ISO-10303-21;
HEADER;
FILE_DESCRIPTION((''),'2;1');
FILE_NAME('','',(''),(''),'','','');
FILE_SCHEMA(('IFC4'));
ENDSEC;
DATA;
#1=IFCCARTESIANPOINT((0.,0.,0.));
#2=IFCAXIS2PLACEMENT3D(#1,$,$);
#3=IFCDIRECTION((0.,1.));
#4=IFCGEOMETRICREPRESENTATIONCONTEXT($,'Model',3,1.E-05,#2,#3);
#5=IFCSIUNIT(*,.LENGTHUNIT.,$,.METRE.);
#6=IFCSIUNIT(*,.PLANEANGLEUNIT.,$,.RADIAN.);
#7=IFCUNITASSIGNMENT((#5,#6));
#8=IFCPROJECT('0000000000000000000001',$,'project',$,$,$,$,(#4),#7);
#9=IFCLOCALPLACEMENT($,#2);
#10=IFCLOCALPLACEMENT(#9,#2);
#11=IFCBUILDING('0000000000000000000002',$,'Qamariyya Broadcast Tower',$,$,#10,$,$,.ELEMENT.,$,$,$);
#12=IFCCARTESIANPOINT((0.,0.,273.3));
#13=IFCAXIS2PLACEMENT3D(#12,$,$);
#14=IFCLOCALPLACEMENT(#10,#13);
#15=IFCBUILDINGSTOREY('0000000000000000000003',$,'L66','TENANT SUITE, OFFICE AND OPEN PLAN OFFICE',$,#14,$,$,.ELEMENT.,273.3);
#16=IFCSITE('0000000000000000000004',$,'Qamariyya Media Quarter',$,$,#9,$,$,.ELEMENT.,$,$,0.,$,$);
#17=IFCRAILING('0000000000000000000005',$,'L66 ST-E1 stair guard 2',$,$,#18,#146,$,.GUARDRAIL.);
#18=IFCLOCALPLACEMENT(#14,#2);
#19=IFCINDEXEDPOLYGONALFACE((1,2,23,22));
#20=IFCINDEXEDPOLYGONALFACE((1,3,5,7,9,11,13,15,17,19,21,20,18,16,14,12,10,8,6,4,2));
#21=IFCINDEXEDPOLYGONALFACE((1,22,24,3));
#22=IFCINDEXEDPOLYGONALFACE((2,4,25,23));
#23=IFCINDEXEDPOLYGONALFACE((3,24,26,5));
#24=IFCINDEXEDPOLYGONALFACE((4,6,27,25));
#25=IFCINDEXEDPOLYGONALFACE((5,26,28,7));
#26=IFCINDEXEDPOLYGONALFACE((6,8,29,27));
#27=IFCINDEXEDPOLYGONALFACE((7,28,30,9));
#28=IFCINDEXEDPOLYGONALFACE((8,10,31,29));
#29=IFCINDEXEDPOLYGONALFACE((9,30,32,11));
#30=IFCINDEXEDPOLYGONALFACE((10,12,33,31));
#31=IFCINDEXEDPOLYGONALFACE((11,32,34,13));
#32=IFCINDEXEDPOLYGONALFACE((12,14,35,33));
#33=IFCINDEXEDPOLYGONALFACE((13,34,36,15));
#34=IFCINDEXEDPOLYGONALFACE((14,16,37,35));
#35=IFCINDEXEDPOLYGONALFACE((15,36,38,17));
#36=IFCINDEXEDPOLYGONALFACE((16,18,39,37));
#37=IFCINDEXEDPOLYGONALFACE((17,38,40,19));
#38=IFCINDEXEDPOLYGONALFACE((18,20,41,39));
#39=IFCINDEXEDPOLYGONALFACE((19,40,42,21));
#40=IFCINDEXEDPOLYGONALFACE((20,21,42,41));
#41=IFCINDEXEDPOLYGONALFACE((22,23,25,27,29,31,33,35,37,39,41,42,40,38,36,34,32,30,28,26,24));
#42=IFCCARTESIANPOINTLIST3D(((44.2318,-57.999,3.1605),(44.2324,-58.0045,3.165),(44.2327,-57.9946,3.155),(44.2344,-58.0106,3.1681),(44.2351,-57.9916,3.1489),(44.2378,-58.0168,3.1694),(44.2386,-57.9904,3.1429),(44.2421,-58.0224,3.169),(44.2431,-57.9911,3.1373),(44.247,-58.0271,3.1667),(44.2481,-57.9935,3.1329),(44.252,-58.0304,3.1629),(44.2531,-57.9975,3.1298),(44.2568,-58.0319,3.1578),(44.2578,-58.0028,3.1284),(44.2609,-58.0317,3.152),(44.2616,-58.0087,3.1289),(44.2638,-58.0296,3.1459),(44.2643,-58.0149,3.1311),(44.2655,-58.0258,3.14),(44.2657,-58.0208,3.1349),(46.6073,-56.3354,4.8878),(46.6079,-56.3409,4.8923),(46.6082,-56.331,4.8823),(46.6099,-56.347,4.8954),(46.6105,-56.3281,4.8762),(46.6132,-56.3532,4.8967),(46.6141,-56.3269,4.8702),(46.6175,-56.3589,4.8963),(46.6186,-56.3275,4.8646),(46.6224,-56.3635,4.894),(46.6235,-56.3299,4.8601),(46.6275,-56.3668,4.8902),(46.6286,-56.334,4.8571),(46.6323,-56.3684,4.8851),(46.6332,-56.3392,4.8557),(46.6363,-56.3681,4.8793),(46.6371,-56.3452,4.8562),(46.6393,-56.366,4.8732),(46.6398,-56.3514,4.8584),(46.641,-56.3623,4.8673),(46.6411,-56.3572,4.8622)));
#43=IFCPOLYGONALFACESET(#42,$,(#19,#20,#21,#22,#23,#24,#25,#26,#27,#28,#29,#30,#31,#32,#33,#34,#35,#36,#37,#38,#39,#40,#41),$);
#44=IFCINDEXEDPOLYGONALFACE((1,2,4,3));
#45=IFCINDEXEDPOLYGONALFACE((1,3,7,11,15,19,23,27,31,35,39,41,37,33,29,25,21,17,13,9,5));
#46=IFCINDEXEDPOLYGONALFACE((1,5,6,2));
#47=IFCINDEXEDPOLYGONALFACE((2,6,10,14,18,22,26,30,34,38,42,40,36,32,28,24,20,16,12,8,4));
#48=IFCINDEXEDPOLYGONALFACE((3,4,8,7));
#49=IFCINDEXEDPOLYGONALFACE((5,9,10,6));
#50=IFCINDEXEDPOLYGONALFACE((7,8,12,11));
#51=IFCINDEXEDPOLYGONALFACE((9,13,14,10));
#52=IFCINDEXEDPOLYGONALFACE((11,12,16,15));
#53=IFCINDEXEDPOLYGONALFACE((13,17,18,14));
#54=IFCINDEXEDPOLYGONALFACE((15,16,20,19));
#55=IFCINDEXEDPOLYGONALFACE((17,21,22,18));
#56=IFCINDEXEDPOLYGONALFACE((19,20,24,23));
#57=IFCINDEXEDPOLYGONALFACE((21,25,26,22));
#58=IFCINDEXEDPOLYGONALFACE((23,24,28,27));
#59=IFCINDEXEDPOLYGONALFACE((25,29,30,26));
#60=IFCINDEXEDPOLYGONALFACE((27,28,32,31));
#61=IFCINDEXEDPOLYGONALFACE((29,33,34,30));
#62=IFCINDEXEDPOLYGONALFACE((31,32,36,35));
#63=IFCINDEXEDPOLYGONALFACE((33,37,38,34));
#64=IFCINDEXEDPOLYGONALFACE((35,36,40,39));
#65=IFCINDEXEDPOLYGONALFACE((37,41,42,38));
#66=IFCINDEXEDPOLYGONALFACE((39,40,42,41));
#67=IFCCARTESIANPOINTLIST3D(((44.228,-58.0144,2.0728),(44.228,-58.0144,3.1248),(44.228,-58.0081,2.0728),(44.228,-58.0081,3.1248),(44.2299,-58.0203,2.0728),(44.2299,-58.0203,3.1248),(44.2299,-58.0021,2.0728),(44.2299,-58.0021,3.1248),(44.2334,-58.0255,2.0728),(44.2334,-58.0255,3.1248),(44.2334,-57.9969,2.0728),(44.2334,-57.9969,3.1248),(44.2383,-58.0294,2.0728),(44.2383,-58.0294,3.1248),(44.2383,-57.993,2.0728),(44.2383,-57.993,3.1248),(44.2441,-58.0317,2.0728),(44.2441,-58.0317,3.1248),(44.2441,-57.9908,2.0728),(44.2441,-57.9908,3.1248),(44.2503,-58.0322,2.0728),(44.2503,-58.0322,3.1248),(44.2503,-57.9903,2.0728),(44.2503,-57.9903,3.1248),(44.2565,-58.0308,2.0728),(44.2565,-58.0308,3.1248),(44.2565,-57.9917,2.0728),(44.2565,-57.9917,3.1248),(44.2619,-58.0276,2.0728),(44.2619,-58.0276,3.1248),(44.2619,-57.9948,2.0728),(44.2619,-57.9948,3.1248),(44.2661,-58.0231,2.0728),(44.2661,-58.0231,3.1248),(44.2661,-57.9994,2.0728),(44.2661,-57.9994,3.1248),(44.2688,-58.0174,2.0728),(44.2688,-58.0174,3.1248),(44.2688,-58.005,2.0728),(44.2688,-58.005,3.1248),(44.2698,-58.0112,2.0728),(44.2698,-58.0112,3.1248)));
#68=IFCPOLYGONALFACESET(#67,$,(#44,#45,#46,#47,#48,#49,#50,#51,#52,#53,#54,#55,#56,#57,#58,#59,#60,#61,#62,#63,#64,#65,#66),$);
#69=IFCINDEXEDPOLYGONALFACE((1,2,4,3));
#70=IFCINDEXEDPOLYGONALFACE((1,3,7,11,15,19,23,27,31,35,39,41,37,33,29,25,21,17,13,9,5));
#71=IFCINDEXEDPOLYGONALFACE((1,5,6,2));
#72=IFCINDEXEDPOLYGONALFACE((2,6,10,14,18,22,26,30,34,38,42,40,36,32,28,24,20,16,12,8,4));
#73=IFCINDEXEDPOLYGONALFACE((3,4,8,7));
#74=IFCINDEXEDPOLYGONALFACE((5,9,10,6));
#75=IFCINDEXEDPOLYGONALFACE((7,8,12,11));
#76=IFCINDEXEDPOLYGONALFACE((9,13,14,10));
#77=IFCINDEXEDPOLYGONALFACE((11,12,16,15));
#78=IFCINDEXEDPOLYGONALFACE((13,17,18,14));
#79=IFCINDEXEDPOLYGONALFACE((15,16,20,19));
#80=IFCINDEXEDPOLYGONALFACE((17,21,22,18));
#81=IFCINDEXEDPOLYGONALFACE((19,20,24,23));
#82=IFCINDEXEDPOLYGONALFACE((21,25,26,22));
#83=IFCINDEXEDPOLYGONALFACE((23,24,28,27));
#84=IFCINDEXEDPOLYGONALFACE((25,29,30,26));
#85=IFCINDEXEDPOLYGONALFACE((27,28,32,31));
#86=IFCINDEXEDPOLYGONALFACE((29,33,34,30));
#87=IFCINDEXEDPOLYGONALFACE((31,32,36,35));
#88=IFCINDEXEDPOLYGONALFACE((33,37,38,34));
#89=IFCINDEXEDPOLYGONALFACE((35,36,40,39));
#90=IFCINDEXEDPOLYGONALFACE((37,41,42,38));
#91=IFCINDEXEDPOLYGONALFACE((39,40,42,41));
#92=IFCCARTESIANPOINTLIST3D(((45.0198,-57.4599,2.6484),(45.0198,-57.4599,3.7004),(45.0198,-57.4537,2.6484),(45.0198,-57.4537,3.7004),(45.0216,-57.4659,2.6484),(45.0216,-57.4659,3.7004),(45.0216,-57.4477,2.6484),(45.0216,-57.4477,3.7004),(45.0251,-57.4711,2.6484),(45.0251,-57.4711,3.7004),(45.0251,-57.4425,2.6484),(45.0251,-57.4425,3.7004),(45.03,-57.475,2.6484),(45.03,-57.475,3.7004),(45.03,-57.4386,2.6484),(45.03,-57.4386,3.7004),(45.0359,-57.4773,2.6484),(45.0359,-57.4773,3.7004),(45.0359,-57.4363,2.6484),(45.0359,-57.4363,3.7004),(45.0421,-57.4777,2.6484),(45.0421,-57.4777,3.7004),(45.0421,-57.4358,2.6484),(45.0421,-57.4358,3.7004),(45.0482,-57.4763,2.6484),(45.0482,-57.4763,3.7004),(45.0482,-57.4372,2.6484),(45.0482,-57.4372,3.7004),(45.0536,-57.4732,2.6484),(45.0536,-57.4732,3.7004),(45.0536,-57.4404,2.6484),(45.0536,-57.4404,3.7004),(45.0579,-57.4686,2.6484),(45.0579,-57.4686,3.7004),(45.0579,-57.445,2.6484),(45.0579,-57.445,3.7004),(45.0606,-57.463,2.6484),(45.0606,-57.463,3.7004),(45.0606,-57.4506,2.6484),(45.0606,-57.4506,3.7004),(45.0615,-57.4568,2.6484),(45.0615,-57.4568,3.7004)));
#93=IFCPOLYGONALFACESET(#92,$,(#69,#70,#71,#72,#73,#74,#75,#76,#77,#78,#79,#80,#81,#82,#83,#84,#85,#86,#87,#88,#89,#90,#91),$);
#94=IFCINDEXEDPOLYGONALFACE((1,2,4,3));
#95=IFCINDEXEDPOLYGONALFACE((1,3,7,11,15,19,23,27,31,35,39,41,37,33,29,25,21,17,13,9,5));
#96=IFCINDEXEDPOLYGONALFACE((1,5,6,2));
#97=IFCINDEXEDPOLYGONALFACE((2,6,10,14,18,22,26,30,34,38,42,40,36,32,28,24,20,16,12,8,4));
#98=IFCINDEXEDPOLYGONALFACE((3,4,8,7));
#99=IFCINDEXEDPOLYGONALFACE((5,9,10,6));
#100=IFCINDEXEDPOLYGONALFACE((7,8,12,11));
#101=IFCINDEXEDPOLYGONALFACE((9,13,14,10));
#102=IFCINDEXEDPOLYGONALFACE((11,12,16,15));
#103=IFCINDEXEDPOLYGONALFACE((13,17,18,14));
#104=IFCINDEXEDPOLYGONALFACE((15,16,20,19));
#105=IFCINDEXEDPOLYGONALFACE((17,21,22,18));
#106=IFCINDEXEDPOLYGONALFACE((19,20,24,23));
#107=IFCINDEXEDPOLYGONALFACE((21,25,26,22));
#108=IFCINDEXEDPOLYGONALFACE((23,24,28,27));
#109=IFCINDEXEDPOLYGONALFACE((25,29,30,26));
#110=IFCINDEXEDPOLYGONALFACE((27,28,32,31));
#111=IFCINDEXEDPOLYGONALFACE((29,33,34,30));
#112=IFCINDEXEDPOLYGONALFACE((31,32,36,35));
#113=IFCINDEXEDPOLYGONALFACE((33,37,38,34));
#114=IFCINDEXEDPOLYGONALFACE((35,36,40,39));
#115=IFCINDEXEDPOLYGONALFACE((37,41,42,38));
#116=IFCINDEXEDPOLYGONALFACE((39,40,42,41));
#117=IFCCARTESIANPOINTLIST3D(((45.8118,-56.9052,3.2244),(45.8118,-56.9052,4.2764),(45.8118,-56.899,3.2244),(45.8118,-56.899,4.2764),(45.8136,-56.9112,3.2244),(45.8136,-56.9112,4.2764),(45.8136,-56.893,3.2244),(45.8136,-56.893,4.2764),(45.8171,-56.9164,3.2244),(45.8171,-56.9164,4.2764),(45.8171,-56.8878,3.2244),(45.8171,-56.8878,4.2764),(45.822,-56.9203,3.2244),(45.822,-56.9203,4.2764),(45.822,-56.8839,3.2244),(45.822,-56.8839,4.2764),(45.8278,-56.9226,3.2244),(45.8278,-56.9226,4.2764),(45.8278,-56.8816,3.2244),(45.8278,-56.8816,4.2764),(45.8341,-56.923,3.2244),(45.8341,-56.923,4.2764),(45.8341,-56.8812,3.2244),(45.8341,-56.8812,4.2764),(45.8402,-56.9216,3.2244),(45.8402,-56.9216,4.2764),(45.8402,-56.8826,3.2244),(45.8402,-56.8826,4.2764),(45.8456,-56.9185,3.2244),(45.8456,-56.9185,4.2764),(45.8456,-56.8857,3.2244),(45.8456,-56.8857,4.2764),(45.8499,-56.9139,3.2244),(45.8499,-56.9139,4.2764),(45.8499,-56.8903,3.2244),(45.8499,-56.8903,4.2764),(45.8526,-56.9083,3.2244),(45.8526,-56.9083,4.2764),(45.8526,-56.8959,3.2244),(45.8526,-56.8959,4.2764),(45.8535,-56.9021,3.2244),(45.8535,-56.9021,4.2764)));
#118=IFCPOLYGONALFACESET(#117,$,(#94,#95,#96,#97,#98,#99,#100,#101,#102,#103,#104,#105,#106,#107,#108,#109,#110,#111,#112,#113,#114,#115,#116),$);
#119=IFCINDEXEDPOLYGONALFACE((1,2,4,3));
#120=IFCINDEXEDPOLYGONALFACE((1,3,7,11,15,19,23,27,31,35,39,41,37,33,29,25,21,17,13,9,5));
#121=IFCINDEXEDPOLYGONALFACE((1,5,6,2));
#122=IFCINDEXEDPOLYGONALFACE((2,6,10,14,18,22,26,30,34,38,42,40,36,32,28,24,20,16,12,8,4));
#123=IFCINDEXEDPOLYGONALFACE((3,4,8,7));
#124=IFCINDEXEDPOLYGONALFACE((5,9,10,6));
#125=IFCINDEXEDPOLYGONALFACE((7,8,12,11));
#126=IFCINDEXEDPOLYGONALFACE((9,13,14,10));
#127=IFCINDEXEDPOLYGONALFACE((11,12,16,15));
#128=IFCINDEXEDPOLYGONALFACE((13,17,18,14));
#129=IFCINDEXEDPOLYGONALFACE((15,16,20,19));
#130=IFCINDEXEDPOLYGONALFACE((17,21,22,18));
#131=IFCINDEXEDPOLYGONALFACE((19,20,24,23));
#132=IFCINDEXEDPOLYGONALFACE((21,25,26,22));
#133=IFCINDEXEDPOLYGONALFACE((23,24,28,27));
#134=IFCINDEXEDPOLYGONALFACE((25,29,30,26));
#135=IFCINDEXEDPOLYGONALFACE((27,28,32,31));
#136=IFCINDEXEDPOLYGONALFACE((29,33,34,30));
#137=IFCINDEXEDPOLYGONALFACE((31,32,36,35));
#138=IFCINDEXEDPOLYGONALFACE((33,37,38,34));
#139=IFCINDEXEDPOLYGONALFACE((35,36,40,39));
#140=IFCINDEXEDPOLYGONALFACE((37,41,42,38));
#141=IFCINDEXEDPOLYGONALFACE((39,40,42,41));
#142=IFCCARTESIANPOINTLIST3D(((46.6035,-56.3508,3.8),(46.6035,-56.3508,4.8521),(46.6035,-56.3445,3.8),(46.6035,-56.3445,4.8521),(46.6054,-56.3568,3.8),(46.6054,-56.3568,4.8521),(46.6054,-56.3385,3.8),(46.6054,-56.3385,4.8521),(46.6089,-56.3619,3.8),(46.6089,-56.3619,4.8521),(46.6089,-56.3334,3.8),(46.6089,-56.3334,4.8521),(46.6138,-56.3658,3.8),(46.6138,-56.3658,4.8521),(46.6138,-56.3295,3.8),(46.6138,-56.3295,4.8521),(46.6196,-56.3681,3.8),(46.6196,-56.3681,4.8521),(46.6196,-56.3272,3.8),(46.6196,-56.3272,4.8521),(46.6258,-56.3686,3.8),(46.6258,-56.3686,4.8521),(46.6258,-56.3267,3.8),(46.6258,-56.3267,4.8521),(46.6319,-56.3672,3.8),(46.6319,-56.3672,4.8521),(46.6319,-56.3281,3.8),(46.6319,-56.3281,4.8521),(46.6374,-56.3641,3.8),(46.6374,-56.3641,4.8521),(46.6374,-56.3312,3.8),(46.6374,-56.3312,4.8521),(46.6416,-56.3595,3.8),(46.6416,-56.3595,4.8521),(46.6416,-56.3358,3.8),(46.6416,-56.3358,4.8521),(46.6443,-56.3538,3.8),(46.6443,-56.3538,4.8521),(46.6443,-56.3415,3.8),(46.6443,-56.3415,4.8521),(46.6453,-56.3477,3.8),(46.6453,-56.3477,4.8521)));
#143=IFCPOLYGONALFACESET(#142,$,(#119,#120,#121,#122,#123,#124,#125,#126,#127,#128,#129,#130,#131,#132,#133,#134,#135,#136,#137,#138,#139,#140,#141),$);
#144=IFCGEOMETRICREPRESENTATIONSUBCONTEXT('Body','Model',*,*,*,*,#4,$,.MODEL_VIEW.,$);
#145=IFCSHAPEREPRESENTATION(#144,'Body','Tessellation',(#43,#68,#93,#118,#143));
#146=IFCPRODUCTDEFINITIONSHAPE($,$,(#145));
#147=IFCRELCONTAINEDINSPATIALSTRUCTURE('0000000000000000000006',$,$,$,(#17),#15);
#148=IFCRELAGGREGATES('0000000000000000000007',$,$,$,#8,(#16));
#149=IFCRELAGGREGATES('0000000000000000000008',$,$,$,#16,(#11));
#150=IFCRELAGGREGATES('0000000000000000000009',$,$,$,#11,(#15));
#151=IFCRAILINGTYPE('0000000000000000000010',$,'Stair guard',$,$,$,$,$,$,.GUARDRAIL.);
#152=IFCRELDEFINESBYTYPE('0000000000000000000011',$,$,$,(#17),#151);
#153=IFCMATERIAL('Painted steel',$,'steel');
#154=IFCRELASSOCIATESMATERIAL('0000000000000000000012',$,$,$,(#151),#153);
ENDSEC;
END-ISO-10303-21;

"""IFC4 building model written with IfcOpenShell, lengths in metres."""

from ifc_helpers import new_model, si_unit, direction, frame, origin, origin_2d, place, context, subcontext, project, spatial, circle, extrude, material, type_object, element, save


model = new_model("IFC4")

# Units and contexts
model_context = context("Model", 3, precision=1e-05, world=origin(), true_north=direction((0.0, 1.0)))
body_context = subcontext(model_context, "Body", "Model", "MODEL_VIEW")
ifc_project = project(units=[si_unit("LENGTHUNIT", "METRE"), si_unit("PLANEANGLEUNIT", "RADIAN")], contexts=[model_context])

# Site, building, storey
site_placement = place(None, origin())
site = spatial("IfcSite", under=ifc_project, at=site_placement, Name="Qamariyya Media Quarter", CompositionType="ELEMENT", RefElevation=0.0)
building_placement = place(site_placement, origin())
building = spatial("IfcBuilding", under=site, at=building_placement, Name="Qamariyya Broadcast Tower", CompositionType="ELEMENT")
storey_placement = place(building_placement, frame((0.0, 0.0, 273.3)))
storey = spatial("IfcBuildingStorey", under=building, at=storey_placement, Name="L66", Description="TENANT SUITE, OFFICE AND OPEN PLAN OFFICE", CompositionType="ELEMENT", Elevation=273.3)

# Railing
ifc_material_1 = material(Name="Painted steel", Category="steel")
railing_type_1 = type_object("IfcRailingType", Name="Stair guard", PredefinedType="GUARDRAIL", material=ifc_material_1)
railing_1_placement = place(storey_placement, frame((44.2488, -58.0112, 2.0728)))
element("IfcRailing", 1, at=railing_1_placement, inside=storey, type_object=railing_type_1, Name="L66 ST-E1 stair guard 2", PredefinedType="GUARDRAIL", context=body_context, shape_type="SweptSolid", body=[
    extrude(circle(Radius=0.0239, at=origin_2d()), frame((0.0, 0.0, 1.0762), z_axis=(0.703745, 0.492838, 0.511716), x_axis=(-0.573632, 0.819113, 0.0)), (0.0, 0.0, 1.0), 3.3755),
    extrude(circle(Radius=0.021, at=origin_2d()), origin(), (0.0, 0.0, 1.0), 1.052),
    extrude(circle(Radius=0.021, at=origin_2d()), frame((0.7917, 0.5544, 0.5757)), (0.0, 0.0, 1.0), 1.052),
    extrude(circle(Radius=0.021, at=origin_2d()), frame((1.5837, 1.1091, 1.1516)), (0.0, 0.0, 1.0), 1.052),
    extrude(circle(Radius=0.021, at=origin_2d()), frame((2.3755, 1.6636, 1.7273)), (0.0, 0.0, 1.0), 1.052),
])

save(model, "model.ifc")
